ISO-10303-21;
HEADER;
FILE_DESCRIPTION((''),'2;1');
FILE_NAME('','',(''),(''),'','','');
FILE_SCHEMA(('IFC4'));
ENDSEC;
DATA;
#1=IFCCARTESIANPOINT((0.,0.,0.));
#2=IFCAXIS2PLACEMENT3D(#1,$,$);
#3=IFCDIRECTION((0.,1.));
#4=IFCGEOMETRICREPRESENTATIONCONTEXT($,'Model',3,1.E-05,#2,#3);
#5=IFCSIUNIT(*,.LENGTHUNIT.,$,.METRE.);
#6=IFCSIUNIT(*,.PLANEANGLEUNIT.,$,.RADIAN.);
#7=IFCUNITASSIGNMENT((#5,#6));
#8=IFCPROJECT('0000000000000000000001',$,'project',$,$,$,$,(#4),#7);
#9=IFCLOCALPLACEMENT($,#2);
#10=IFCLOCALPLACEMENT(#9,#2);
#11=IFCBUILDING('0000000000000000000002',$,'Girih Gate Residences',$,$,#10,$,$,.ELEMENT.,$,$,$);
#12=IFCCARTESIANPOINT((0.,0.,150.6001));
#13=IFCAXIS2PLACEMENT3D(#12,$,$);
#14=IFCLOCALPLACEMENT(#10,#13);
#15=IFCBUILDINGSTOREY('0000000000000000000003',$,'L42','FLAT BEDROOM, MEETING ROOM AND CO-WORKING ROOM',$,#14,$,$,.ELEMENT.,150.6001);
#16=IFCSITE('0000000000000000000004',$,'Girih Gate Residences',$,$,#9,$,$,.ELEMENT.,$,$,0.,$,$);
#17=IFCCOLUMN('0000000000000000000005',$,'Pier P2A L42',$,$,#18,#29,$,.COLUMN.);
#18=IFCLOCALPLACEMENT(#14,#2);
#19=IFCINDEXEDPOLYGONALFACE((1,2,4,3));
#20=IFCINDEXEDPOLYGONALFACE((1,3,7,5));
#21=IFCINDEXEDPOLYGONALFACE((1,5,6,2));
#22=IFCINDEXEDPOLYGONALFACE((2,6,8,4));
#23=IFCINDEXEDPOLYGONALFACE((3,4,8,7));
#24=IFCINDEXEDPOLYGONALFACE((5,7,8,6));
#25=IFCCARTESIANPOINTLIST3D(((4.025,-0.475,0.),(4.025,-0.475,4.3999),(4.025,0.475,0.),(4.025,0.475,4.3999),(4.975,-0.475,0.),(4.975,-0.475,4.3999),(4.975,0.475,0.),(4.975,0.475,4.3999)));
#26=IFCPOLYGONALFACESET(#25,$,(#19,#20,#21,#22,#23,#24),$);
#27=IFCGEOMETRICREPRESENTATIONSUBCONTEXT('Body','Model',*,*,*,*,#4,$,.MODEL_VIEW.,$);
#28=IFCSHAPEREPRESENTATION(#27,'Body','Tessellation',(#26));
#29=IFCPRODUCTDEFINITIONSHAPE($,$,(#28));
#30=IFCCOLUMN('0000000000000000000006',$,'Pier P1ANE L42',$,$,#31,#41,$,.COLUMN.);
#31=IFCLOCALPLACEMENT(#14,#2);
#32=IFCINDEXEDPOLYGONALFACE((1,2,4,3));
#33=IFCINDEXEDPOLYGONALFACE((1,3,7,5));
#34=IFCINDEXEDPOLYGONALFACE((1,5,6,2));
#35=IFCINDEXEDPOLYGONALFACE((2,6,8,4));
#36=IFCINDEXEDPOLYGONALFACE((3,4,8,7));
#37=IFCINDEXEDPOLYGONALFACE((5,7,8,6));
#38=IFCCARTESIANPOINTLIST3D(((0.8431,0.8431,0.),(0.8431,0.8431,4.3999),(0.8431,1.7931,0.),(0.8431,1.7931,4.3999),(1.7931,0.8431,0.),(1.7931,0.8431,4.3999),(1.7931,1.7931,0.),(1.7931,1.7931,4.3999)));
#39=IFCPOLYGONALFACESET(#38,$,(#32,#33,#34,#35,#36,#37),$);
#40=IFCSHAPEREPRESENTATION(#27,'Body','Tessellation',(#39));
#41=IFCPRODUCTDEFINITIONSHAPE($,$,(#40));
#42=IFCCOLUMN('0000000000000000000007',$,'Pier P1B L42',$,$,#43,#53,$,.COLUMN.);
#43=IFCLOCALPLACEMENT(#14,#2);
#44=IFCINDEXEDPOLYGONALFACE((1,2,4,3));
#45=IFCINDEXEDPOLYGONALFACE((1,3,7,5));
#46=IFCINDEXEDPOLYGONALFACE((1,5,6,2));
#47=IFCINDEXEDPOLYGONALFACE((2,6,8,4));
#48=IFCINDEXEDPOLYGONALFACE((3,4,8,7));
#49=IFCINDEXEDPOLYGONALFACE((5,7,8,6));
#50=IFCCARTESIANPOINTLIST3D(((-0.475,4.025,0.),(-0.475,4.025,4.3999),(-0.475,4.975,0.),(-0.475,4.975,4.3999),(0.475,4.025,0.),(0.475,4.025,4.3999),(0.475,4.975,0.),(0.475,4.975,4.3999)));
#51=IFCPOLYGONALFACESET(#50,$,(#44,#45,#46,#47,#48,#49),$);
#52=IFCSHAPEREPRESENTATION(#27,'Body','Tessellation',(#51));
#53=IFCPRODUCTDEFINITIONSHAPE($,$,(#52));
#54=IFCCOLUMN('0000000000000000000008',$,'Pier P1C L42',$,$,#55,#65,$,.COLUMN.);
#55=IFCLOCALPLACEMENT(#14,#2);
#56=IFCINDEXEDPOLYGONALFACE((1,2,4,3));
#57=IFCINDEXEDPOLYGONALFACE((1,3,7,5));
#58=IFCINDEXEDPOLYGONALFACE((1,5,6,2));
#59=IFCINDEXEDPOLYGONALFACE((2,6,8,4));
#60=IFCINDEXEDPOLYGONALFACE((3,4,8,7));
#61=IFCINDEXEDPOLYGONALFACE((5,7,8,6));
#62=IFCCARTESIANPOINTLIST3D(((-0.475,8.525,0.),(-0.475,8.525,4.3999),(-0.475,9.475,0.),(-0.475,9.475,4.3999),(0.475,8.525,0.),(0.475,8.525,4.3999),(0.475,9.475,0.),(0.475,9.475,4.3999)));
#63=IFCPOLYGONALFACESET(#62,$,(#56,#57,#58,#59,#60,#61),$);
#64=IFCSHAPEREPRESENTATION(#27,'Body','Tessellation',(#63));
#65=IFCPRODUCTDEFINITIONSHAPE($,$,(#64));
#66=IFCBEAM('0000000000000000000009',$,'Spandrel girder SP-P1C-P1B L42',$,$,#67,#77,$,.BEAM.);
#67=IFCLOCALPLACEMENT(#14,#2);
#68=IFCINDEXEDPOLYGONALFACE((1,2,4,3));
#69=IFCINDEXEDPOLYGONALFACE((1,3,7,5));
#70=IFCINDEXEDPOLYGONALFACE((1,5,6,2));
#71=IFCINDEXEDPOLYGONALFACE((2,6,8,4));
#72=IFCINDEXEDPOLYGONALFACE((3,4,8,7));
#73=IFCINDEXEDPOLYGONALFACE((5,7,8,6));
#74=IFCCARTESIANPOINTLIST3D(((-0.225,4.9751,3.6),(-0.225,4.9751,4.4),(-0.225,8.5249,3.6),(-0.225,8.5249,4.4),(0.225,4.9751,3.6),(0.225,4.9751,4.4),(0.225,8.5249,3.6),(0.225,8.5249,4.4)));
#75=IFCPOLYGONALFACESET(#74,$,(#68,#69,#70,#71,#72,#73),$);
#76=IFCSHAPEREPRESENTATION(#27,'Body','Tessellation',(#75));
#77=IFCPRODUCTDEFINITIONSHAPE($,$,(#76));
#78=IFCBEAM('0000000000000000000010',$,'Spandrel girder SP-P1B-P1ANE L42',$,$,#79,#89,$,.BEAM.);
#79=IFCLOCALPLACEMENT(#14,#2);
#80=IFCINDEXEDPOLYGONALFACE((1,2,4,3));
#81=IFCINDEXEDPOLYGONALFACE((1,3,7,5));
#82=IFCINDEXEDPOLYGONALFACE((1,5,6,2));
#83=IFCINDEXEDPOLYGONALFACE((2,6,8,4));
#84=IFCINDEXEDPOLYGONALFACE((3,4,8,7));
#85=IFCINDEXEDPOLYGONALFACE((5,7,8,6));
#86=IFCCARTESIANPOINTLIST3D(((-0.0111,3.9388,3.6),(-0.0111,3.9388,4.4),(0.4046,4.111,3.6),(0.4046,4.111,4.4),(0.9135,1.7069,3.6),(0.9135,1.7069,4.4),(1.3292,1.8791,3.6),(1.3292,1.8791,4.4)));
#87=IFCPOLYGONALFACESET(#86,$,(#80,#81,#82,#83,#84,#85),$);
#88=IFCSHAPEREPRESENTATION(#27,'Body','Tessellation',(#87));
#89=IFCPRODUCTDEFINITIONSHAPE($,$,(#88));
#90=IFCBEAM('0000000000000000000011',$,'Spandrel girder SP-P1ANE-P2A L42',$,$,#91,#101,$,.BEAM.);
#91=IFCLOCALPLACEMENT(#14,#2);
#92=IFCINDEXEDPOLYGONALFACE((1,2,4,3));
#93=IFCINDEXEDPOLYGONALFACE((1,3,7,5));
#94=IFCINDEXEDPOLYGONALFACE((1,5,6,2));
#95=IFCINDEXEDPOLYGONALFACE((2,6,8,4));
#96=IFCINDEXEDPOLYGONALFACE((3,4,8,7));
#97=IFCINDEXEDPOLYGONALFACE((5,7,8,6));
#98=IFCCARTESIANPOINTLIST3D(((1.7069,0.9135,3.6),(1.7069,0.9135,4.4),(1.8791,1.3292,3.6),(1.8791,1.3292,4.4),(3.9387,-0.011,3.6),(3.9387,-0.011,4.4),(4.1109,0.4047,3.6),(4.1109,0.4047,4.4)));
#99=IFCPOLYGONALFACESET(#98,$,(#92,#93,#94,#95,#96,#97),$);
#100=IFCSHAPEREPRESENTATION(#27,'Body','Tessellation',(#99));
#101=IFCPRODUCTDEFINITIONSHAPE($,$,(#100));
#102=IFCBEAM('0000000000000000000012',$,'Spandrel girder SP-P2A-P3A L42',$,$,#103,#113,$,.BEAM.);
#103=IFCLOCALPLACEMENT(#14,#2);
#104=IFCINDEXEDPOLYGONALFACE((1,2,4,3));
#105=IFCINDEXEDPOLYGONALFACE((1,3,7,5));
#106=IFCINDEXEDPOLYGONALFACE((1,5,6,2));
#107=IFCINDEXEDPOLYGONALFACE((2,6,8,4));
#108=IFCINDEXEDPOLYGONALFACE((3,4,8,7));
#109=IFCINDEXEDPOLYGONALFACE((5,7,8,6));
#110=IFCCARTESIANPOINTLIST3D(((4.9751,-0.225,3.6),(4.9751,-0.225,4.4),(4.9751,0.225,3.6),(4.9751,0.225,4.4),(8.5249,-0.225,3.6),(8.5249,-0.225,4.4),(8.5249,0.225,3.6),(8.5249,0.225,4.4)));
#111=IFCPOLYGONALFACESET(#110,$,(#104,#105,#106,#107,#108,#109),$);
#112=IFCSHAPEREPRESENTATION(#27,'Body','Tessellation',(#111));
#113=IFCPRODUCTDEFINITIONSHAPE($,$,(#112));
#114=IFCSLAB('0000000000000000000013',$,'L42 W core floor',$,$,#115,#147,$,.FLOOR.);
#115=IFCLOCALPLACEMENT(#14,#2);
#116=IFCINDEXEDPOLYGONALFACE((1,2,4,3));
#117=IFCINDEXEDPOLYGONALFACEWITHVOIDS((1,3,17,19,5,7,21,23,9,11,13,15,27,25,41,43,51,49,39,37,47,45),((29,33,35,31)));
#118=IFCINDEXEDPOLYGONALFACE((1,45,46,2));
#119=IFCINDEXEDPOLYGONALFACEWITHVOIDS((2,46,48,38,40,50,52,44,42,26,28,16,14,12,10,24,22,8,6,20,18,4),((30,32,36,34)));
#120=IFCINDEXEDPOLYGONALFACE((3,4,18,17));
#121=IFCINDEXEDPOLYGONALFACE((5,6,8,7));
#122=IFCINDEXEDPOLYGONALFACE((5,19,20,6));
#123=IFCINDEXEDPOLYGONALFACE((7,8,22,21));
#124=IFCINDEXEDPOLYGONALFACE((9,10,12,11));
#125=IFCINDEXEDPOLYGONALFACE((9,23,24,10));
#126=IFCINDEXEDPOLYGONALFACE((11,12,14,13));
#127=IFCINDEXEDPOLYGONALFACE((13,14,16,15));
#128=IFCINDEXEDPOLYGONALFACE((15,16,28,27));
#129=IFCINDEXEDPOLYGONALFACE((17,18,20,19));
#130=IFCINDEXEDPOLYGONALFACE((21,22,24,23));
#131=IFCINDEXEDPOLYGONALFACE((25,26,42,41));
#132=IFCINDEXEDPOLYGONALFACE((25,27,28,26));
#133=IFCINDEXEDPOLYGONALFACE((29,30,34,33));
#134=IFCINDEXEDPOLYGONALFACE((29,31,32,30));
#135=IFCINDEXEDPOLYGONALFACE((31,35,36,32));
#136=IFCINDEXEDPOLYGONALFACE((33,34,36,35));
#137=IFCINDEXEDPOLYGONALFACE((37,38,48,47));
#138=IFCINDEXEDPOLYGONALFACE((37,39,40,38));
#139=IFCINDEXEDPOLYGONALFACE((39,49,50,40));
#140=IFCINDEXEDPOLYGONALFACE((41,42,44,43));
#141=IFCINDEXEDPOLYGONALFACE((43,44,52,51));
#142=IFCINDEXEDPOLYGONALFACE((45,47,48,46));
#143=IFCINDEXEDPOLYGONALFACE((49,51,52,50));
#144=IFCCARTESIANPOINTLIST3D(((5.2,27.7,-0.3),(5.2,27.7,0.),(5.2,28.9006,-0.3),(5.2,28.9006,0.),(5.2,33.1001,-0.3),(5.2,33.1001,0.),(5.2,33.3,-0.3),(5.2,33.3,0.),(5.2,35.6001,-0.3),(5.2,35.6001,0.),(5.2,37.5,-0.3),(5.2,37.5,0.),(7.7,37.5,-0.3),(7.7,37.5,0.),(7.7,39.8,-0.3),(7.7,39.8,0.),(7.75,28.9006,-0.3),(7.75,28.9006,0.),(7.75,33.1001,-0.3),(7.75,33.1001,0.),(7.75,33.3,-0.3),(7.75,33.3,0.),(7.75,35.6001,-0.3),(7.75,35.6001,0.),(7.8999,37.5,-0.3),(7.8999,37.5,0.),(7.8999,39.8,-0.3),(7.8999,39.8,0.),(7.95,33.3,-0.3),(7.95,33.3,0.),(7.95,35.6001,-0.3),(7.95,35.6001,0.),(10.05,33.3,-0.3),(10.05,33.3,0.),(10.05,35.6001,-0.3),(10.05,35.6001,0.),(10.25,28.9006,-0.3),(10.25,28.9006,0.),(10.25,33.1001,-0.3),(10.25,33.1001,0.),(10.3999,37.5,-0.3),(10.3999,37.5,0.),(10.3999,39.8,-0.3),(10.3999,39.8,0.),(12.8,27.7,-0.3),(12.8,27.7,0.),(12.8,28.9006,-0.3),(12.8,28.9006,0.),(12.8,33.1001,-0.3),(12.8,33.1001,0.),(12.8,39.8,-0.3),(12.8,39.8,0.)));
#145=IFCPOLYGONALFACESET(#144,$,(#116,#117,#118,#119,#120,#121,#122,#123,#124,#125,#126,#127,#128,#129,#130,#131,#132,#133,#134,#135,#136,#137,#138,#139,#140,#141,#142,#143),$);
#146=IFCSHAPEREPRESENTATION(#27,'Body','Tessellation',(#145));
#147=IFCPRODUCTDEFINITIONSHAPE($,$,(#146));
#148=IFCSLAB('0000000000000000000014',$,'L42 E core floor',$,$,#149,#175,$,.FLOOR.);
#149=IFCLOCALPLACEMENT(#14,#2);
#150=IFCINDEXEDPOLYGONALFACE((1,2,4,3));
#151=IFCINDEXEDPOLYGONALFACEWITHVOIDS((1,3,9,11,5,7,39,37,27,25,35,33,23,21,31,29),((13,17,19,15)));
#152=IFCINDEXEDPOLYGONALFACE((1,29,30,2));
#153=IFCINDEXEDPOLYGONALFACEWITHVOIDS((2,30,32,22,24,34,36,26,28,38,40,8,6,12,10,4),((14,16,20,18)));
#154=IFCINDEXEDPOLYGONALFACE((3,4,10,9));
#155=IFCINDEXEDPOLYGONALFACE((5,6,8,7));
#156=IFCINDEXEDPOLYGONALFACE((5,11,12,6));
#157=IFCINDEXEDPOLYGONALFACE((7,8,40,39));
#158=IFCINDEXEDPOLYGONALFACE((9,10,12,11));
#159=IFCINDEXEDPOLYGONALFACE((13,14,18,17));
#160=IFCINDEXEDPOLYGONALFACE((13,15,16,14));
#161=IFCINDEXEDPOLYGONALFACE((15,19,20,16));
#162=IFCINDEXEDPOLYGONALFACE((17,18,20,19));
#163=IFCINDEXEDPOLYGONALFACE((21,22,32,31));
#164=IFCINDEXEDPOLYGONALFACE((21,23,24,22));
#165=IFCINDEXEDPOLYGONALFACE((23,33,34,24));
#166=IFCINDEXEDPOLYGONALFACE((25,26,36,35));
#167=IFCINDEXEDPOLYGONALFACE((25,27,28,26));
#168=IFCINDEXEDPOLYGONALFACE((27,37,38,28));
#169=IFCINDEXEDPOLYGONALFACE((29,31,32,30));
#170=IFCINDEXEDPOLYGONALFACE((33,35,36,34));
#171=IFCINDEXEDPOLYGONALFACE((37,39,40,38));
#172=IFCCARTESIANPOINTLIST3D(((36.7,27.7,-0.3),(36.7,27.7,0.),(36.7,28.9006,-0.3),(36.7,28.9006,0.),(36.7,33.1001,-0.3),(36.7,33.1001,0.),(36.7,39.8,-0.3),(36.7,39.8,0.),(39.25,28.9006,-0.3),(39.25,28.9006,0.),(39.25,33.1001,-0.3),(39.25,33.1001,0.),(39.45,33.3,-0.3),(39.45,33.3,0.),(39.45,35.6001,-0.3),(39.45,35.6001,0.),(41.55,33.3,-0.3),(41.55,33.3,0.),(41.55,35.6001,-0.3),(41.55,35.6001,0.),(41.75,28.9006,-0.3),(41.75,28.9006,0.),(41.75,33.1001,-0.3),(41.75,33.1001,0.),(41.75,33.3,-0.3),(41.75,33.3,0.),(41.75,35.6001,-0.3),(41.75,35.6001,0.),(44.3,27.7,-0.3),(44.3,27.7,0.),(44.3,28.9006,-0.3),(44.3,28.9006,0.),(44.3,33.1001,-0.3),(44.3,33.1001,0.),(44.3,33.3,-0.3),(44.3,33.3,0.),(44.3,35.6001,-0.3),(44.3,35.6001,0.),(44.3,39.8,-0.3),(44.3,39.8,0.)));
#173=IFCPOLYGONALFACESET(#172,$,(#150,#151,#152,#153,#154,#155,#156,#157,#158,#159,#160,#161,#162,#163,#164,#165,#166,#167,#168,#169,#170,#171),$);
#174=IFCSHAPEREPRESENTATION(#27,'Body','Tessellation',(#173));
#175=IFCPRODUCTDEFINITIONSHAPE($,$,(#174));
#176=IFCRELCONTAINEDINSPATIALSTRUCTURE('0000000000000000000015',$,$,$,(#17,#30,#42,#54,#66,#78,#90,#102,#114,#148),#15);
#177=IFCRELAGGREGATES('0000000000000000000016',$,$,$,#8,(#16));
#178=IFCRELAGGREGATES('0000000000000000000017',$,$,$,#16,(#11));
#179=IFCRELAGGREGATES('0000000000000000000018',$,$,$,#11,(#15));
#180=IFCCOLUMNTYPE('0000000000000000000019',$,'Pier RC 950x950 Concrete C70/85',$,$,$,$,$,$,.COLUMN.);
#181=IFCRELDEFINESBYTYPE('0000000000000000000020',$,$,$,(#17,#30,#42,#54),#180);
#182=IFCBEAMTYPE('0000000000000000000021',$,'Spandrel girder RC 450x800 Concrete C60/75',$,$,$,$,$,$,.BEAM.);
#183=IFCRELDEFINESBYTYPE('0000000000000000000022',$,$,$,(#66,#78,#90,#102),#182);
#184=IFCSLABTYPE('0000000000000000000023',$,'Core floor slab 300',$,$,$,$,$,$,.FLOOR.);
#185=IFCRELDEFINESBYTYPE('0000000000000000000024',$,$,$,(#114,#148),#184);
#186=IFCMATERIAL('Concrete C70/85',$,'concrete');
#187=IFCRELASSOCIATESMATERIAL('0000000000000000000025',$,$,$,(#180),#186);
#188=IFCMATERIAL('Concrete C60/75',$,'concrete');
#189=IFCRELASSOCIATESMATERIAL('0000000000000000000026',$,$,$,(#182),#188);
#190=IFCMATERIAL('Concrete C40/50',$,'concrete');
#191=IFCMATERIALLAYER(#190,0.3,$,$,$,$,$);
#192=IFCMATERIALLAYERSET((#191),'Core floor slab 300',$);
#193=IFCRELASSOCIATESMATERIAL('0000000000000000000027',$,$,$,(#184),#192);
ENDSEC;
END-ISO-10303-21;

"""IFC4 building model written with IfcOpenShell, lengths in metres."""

from ifc_helpers import new_model, si_unit, direction, frame, origin, origin_2d, place, context, subcontext, project, spatial, polyline, rectangle, outline, extrude, material, layer, layer_set, material_profile, profile_set, type_object, element, save


model = new_model("IFC4")

# Units and contexts
model_context = context("Model", 3, precision=1e-05, world=origin(), true_north=direction((0.0, 1.0)))
body_context = subcontext(model_context, "Body", "Model", "MODEL_VIEW")
ifc_project = project(units=[si_unit("LENGTHUNIT", "METRE"), si_unit("PLANEANGLEUNIT", "RADIAN")], contexts=[model_context])

# Site, building, storey
site_placement = place(None, origin())
site = spatial("IfcSite", under=ifc_project, at=site_placement, Name="Girih Gate Residences", CompositionType="ELEMENT", RefElevation=0.0)
building_placement = place(site_placement, origin())
building = spatial("IfcBuilding", under=site, at=building_placement, Name="Girih Gate Residences", CompositionType="ELEMENT")
storey_placement = place(building_placement, frame((0.0, 0.0, 150.6001)))
storey = spatial("IfcBuildingStorey", under=building, at=storey_placement, Name="L42", Description="FLAT BEDROOM, MEETING ROOM AND CO-WORKING ROOM", CompositionType="ELEMENT", Elevation=150.6001)

# Columns
ifc_material_1 = material(Name="Concrete C70/85", Category="concrete")
ifc_material_profile_1 = material_profile(ifc_material_1, rectangle(XDim=0.95, YDim=0.95, at=origin_2d()))
ifc_profile_set_1 = profile_set([ifc_material_profile_1], Name="Concrete C70/85")
column_type = type_object("IfcColumnType", Name="Pier RC 950x950 Concrete C70/85", PredefinedType="COLUMN", material=ifc_profile_set_1)
for number, where, z_axis, x_axis, name in (
    (1, (4.5, 0.0, 0.0), (0.0, 0.0, 1.0), (1.0, 0.0, 0.0), "Pier P2A L42"),
    (2, (1.3181, 1.3181, 0.0), (0.0, 0.0, 1.0), (1.0, 0.0, 0.0), "Pier P1ANE L42"),
    (3, (0.0, 4.5, 0.0), (0.0, 0.0, 1.0), (1.0, 0.0, 0.0), "Pier P1B L42"),
    (4, (0.0, 9.0, 0.0), (0.0, 0.0, 1.0), (1.0, 0.0, 0.0), "Pier P1C L42"),
):
    element("IfcColumn", number, at=place(storey_placement, frame(where, z_axis=z_axis, x_axis=x_axis)), inside=storey, type_object=column_type, Name=name, PredefinedType="COLUMN", context=body_context, shape_type="SweptSolid", body=[
        extrude(rectangle(XDim=0.95, YDim=0.95, at=origin_2d()), origin(), (0.0, 0.0, 1.0), 4.3999),
    ])

# Beams
ifc_material_2 = material(Name="Concrete C60/75", Category="concrete")
ifc_material_profile_2 = material_profile(ifc_material_2, rectangle(XDim=0.45, YDim=0.8, at=origin_2d()))
ifc_profile_set_2 = profile_set([ifc_material_profile_2], Name="Concrete C60/75")
beam_type = type_object("IfcBeamType", Name="Spandrel girder RC 450x800 Concrete C60/75", PredefinedType="BEAM", material=ifc_profile_set_2)
beam_1_placement = place(storey_placement, frame((0.0, 8.5249, 4.0), z_axis=(0.0, -1.0, 0.0), x_axis=(1.0, 0.0, 0.0)))
element("IfcBeam", 5, at=beam_1_placement, inside=storey, type_object=beam_type, Name="Spandrel girder SP-P1C-P1B L42", PredefinedType="BEAM", context=body_context, shape_type="SweptSolid", body=[
    extrude(rectangle(XDim=0.45, YDim=0.8, at=origin_2d()), origin(), (0.0, 0.0, 1.0), 3.5498),
])
for number, where, z_axis, x_axis, name in (
    (6, (0.1968, 4.0249, 4.0), (0.382706, -0.92387, 0.0), (0.92387, 0.382706, 0.0), "Spandrel girder SP-P1B-P1ANE L42"),
    (7, (1.793, 1.1213, 4.0), (0.92387, -0.382706, 0.0), (0.382706, 0.92387, 0.0), "Spandrel girder SP-P1ANE-P2A L42"),
):
    element("IfcBeam", number, at=place(storey_placement, frame(where, z_axis=z_axis, x_axis=x_axis)), inside=storey, type_object=beam_type, Name=name, PredefinedType="BEAM", context=body_context, shape_type="SweptSolid", body=[
        extrude(rectangle(XDim=0.45, YDim=0.8, at=origin_2d()), origin(), (0.0, 0.0, 1.0), 2.4158),
    ])
beam_2_placement = place(storey_placement, frame((4.9751, 0.0, 4.0), z_axis=(1.0, 0.0, 0.0), x_axis=(0.0, 1.0, 0.0)))
element("IfcBeam", 8, at=beam_2_placement, inside=storey, type_object=beam_type, Name="Spandrel girder SP-P2A-P3A L42", PredefinedType="BEAM", context=body_context, shape_type="SweptSolid", body=[
    extrude(rectangle(XDim=0.45, YDim=0.8, at=origin_2d()), origin(), (0.0, 0.0, 1.0), 3.5498),
])

# Slabs
ifc_material_3 = material(Name="Concrete C40/50", Category="concrete")
ifc_layer_1 = layer(ifc_material_3, 0.3)
ifc_layer_set_1 = layer_set([ifc_layer_1], Name="Core floor slab 300")
slab_type_1 = type_object("IfcSlabType", Name="Core floor slab 300", PredefinedType="FLOOR", material=ifc_layer_set_1)
slab_1_placement = place(storey_placement, frame((0.0, 0.0, -0.3)))
element("IfcSlab", 9, at=slab_1_placement, inside=storey, type_object=slab_type_1, Name="L42 W core floor", PredefinedType="FLOOR", context=body_context, shape_type="SweptSolid", body=[
    extrude(outline(polyline([(12.8, 27.7), (5.2, 27.7), (5.2, 28.9006), (7.75, 28.9006), (7.75, 33.1001), (5.2, 33.1001), (5.2, 33.3), (7.75, 33.3), (7.75, 35.6001), (5.2, 35.6001), (5.2, 37.5), (7.7, 37.5), (7.7, 39.8), (7.8999, 39.8), (7.8999, 37.5), (10.3999, 37.5), (10.3999, 39.8), (12.8, 39.8), (12.8, 33.1001), (10.25, 33.1001), (10.25, 28.9006), (12.8, 28.9006), (12.8, 27.7)]), holes=[polyline([(7.95, 33.3), (10.05, 33.3), (10.05, 35.6001), (7.95, 35.6001), (7.95, 33.3)])]), origin(), (0.0, 0.0, 1.0), 0.3),
])
slab_2_placement = place(storey_placement, frame((0.0, 0.0, -0.3)))
element("IfcSlab", 10, at=slab_2_placement, inside=storey, type_object=slab_type_1, Name="L42 E core floor", PredefinedType="FLOOR", context=body_context, shape_type="SweptSolid", body=[
    extrude(outline(polyline([(44.3, 27.7), (36.7, 27.7), (36.7, 28.9006), (39.25, 28.9006), (39.25, 33.1001), (36.7, 33.1001), (36.7, 39.8), (44.3, 39.8), (44.3, 35.6001), (41.75, 35.6001), (41.75, 33.3), (44.3, 33.3), (44.3, 33.1001), (41.75, 33.1001), (41.75, 28.9006), (44.3, 28.9006), (44.3, 27.7)]), holes=[polyline([(39.45, 33.3), (41.55, 33.3), (41.55, 35.6001), (39.45, 35.6001), (39.45, 33.3)])]), origin(), (0.0, 0.0, 1.0), 0.3),
])

save(model, "model.ifc")
